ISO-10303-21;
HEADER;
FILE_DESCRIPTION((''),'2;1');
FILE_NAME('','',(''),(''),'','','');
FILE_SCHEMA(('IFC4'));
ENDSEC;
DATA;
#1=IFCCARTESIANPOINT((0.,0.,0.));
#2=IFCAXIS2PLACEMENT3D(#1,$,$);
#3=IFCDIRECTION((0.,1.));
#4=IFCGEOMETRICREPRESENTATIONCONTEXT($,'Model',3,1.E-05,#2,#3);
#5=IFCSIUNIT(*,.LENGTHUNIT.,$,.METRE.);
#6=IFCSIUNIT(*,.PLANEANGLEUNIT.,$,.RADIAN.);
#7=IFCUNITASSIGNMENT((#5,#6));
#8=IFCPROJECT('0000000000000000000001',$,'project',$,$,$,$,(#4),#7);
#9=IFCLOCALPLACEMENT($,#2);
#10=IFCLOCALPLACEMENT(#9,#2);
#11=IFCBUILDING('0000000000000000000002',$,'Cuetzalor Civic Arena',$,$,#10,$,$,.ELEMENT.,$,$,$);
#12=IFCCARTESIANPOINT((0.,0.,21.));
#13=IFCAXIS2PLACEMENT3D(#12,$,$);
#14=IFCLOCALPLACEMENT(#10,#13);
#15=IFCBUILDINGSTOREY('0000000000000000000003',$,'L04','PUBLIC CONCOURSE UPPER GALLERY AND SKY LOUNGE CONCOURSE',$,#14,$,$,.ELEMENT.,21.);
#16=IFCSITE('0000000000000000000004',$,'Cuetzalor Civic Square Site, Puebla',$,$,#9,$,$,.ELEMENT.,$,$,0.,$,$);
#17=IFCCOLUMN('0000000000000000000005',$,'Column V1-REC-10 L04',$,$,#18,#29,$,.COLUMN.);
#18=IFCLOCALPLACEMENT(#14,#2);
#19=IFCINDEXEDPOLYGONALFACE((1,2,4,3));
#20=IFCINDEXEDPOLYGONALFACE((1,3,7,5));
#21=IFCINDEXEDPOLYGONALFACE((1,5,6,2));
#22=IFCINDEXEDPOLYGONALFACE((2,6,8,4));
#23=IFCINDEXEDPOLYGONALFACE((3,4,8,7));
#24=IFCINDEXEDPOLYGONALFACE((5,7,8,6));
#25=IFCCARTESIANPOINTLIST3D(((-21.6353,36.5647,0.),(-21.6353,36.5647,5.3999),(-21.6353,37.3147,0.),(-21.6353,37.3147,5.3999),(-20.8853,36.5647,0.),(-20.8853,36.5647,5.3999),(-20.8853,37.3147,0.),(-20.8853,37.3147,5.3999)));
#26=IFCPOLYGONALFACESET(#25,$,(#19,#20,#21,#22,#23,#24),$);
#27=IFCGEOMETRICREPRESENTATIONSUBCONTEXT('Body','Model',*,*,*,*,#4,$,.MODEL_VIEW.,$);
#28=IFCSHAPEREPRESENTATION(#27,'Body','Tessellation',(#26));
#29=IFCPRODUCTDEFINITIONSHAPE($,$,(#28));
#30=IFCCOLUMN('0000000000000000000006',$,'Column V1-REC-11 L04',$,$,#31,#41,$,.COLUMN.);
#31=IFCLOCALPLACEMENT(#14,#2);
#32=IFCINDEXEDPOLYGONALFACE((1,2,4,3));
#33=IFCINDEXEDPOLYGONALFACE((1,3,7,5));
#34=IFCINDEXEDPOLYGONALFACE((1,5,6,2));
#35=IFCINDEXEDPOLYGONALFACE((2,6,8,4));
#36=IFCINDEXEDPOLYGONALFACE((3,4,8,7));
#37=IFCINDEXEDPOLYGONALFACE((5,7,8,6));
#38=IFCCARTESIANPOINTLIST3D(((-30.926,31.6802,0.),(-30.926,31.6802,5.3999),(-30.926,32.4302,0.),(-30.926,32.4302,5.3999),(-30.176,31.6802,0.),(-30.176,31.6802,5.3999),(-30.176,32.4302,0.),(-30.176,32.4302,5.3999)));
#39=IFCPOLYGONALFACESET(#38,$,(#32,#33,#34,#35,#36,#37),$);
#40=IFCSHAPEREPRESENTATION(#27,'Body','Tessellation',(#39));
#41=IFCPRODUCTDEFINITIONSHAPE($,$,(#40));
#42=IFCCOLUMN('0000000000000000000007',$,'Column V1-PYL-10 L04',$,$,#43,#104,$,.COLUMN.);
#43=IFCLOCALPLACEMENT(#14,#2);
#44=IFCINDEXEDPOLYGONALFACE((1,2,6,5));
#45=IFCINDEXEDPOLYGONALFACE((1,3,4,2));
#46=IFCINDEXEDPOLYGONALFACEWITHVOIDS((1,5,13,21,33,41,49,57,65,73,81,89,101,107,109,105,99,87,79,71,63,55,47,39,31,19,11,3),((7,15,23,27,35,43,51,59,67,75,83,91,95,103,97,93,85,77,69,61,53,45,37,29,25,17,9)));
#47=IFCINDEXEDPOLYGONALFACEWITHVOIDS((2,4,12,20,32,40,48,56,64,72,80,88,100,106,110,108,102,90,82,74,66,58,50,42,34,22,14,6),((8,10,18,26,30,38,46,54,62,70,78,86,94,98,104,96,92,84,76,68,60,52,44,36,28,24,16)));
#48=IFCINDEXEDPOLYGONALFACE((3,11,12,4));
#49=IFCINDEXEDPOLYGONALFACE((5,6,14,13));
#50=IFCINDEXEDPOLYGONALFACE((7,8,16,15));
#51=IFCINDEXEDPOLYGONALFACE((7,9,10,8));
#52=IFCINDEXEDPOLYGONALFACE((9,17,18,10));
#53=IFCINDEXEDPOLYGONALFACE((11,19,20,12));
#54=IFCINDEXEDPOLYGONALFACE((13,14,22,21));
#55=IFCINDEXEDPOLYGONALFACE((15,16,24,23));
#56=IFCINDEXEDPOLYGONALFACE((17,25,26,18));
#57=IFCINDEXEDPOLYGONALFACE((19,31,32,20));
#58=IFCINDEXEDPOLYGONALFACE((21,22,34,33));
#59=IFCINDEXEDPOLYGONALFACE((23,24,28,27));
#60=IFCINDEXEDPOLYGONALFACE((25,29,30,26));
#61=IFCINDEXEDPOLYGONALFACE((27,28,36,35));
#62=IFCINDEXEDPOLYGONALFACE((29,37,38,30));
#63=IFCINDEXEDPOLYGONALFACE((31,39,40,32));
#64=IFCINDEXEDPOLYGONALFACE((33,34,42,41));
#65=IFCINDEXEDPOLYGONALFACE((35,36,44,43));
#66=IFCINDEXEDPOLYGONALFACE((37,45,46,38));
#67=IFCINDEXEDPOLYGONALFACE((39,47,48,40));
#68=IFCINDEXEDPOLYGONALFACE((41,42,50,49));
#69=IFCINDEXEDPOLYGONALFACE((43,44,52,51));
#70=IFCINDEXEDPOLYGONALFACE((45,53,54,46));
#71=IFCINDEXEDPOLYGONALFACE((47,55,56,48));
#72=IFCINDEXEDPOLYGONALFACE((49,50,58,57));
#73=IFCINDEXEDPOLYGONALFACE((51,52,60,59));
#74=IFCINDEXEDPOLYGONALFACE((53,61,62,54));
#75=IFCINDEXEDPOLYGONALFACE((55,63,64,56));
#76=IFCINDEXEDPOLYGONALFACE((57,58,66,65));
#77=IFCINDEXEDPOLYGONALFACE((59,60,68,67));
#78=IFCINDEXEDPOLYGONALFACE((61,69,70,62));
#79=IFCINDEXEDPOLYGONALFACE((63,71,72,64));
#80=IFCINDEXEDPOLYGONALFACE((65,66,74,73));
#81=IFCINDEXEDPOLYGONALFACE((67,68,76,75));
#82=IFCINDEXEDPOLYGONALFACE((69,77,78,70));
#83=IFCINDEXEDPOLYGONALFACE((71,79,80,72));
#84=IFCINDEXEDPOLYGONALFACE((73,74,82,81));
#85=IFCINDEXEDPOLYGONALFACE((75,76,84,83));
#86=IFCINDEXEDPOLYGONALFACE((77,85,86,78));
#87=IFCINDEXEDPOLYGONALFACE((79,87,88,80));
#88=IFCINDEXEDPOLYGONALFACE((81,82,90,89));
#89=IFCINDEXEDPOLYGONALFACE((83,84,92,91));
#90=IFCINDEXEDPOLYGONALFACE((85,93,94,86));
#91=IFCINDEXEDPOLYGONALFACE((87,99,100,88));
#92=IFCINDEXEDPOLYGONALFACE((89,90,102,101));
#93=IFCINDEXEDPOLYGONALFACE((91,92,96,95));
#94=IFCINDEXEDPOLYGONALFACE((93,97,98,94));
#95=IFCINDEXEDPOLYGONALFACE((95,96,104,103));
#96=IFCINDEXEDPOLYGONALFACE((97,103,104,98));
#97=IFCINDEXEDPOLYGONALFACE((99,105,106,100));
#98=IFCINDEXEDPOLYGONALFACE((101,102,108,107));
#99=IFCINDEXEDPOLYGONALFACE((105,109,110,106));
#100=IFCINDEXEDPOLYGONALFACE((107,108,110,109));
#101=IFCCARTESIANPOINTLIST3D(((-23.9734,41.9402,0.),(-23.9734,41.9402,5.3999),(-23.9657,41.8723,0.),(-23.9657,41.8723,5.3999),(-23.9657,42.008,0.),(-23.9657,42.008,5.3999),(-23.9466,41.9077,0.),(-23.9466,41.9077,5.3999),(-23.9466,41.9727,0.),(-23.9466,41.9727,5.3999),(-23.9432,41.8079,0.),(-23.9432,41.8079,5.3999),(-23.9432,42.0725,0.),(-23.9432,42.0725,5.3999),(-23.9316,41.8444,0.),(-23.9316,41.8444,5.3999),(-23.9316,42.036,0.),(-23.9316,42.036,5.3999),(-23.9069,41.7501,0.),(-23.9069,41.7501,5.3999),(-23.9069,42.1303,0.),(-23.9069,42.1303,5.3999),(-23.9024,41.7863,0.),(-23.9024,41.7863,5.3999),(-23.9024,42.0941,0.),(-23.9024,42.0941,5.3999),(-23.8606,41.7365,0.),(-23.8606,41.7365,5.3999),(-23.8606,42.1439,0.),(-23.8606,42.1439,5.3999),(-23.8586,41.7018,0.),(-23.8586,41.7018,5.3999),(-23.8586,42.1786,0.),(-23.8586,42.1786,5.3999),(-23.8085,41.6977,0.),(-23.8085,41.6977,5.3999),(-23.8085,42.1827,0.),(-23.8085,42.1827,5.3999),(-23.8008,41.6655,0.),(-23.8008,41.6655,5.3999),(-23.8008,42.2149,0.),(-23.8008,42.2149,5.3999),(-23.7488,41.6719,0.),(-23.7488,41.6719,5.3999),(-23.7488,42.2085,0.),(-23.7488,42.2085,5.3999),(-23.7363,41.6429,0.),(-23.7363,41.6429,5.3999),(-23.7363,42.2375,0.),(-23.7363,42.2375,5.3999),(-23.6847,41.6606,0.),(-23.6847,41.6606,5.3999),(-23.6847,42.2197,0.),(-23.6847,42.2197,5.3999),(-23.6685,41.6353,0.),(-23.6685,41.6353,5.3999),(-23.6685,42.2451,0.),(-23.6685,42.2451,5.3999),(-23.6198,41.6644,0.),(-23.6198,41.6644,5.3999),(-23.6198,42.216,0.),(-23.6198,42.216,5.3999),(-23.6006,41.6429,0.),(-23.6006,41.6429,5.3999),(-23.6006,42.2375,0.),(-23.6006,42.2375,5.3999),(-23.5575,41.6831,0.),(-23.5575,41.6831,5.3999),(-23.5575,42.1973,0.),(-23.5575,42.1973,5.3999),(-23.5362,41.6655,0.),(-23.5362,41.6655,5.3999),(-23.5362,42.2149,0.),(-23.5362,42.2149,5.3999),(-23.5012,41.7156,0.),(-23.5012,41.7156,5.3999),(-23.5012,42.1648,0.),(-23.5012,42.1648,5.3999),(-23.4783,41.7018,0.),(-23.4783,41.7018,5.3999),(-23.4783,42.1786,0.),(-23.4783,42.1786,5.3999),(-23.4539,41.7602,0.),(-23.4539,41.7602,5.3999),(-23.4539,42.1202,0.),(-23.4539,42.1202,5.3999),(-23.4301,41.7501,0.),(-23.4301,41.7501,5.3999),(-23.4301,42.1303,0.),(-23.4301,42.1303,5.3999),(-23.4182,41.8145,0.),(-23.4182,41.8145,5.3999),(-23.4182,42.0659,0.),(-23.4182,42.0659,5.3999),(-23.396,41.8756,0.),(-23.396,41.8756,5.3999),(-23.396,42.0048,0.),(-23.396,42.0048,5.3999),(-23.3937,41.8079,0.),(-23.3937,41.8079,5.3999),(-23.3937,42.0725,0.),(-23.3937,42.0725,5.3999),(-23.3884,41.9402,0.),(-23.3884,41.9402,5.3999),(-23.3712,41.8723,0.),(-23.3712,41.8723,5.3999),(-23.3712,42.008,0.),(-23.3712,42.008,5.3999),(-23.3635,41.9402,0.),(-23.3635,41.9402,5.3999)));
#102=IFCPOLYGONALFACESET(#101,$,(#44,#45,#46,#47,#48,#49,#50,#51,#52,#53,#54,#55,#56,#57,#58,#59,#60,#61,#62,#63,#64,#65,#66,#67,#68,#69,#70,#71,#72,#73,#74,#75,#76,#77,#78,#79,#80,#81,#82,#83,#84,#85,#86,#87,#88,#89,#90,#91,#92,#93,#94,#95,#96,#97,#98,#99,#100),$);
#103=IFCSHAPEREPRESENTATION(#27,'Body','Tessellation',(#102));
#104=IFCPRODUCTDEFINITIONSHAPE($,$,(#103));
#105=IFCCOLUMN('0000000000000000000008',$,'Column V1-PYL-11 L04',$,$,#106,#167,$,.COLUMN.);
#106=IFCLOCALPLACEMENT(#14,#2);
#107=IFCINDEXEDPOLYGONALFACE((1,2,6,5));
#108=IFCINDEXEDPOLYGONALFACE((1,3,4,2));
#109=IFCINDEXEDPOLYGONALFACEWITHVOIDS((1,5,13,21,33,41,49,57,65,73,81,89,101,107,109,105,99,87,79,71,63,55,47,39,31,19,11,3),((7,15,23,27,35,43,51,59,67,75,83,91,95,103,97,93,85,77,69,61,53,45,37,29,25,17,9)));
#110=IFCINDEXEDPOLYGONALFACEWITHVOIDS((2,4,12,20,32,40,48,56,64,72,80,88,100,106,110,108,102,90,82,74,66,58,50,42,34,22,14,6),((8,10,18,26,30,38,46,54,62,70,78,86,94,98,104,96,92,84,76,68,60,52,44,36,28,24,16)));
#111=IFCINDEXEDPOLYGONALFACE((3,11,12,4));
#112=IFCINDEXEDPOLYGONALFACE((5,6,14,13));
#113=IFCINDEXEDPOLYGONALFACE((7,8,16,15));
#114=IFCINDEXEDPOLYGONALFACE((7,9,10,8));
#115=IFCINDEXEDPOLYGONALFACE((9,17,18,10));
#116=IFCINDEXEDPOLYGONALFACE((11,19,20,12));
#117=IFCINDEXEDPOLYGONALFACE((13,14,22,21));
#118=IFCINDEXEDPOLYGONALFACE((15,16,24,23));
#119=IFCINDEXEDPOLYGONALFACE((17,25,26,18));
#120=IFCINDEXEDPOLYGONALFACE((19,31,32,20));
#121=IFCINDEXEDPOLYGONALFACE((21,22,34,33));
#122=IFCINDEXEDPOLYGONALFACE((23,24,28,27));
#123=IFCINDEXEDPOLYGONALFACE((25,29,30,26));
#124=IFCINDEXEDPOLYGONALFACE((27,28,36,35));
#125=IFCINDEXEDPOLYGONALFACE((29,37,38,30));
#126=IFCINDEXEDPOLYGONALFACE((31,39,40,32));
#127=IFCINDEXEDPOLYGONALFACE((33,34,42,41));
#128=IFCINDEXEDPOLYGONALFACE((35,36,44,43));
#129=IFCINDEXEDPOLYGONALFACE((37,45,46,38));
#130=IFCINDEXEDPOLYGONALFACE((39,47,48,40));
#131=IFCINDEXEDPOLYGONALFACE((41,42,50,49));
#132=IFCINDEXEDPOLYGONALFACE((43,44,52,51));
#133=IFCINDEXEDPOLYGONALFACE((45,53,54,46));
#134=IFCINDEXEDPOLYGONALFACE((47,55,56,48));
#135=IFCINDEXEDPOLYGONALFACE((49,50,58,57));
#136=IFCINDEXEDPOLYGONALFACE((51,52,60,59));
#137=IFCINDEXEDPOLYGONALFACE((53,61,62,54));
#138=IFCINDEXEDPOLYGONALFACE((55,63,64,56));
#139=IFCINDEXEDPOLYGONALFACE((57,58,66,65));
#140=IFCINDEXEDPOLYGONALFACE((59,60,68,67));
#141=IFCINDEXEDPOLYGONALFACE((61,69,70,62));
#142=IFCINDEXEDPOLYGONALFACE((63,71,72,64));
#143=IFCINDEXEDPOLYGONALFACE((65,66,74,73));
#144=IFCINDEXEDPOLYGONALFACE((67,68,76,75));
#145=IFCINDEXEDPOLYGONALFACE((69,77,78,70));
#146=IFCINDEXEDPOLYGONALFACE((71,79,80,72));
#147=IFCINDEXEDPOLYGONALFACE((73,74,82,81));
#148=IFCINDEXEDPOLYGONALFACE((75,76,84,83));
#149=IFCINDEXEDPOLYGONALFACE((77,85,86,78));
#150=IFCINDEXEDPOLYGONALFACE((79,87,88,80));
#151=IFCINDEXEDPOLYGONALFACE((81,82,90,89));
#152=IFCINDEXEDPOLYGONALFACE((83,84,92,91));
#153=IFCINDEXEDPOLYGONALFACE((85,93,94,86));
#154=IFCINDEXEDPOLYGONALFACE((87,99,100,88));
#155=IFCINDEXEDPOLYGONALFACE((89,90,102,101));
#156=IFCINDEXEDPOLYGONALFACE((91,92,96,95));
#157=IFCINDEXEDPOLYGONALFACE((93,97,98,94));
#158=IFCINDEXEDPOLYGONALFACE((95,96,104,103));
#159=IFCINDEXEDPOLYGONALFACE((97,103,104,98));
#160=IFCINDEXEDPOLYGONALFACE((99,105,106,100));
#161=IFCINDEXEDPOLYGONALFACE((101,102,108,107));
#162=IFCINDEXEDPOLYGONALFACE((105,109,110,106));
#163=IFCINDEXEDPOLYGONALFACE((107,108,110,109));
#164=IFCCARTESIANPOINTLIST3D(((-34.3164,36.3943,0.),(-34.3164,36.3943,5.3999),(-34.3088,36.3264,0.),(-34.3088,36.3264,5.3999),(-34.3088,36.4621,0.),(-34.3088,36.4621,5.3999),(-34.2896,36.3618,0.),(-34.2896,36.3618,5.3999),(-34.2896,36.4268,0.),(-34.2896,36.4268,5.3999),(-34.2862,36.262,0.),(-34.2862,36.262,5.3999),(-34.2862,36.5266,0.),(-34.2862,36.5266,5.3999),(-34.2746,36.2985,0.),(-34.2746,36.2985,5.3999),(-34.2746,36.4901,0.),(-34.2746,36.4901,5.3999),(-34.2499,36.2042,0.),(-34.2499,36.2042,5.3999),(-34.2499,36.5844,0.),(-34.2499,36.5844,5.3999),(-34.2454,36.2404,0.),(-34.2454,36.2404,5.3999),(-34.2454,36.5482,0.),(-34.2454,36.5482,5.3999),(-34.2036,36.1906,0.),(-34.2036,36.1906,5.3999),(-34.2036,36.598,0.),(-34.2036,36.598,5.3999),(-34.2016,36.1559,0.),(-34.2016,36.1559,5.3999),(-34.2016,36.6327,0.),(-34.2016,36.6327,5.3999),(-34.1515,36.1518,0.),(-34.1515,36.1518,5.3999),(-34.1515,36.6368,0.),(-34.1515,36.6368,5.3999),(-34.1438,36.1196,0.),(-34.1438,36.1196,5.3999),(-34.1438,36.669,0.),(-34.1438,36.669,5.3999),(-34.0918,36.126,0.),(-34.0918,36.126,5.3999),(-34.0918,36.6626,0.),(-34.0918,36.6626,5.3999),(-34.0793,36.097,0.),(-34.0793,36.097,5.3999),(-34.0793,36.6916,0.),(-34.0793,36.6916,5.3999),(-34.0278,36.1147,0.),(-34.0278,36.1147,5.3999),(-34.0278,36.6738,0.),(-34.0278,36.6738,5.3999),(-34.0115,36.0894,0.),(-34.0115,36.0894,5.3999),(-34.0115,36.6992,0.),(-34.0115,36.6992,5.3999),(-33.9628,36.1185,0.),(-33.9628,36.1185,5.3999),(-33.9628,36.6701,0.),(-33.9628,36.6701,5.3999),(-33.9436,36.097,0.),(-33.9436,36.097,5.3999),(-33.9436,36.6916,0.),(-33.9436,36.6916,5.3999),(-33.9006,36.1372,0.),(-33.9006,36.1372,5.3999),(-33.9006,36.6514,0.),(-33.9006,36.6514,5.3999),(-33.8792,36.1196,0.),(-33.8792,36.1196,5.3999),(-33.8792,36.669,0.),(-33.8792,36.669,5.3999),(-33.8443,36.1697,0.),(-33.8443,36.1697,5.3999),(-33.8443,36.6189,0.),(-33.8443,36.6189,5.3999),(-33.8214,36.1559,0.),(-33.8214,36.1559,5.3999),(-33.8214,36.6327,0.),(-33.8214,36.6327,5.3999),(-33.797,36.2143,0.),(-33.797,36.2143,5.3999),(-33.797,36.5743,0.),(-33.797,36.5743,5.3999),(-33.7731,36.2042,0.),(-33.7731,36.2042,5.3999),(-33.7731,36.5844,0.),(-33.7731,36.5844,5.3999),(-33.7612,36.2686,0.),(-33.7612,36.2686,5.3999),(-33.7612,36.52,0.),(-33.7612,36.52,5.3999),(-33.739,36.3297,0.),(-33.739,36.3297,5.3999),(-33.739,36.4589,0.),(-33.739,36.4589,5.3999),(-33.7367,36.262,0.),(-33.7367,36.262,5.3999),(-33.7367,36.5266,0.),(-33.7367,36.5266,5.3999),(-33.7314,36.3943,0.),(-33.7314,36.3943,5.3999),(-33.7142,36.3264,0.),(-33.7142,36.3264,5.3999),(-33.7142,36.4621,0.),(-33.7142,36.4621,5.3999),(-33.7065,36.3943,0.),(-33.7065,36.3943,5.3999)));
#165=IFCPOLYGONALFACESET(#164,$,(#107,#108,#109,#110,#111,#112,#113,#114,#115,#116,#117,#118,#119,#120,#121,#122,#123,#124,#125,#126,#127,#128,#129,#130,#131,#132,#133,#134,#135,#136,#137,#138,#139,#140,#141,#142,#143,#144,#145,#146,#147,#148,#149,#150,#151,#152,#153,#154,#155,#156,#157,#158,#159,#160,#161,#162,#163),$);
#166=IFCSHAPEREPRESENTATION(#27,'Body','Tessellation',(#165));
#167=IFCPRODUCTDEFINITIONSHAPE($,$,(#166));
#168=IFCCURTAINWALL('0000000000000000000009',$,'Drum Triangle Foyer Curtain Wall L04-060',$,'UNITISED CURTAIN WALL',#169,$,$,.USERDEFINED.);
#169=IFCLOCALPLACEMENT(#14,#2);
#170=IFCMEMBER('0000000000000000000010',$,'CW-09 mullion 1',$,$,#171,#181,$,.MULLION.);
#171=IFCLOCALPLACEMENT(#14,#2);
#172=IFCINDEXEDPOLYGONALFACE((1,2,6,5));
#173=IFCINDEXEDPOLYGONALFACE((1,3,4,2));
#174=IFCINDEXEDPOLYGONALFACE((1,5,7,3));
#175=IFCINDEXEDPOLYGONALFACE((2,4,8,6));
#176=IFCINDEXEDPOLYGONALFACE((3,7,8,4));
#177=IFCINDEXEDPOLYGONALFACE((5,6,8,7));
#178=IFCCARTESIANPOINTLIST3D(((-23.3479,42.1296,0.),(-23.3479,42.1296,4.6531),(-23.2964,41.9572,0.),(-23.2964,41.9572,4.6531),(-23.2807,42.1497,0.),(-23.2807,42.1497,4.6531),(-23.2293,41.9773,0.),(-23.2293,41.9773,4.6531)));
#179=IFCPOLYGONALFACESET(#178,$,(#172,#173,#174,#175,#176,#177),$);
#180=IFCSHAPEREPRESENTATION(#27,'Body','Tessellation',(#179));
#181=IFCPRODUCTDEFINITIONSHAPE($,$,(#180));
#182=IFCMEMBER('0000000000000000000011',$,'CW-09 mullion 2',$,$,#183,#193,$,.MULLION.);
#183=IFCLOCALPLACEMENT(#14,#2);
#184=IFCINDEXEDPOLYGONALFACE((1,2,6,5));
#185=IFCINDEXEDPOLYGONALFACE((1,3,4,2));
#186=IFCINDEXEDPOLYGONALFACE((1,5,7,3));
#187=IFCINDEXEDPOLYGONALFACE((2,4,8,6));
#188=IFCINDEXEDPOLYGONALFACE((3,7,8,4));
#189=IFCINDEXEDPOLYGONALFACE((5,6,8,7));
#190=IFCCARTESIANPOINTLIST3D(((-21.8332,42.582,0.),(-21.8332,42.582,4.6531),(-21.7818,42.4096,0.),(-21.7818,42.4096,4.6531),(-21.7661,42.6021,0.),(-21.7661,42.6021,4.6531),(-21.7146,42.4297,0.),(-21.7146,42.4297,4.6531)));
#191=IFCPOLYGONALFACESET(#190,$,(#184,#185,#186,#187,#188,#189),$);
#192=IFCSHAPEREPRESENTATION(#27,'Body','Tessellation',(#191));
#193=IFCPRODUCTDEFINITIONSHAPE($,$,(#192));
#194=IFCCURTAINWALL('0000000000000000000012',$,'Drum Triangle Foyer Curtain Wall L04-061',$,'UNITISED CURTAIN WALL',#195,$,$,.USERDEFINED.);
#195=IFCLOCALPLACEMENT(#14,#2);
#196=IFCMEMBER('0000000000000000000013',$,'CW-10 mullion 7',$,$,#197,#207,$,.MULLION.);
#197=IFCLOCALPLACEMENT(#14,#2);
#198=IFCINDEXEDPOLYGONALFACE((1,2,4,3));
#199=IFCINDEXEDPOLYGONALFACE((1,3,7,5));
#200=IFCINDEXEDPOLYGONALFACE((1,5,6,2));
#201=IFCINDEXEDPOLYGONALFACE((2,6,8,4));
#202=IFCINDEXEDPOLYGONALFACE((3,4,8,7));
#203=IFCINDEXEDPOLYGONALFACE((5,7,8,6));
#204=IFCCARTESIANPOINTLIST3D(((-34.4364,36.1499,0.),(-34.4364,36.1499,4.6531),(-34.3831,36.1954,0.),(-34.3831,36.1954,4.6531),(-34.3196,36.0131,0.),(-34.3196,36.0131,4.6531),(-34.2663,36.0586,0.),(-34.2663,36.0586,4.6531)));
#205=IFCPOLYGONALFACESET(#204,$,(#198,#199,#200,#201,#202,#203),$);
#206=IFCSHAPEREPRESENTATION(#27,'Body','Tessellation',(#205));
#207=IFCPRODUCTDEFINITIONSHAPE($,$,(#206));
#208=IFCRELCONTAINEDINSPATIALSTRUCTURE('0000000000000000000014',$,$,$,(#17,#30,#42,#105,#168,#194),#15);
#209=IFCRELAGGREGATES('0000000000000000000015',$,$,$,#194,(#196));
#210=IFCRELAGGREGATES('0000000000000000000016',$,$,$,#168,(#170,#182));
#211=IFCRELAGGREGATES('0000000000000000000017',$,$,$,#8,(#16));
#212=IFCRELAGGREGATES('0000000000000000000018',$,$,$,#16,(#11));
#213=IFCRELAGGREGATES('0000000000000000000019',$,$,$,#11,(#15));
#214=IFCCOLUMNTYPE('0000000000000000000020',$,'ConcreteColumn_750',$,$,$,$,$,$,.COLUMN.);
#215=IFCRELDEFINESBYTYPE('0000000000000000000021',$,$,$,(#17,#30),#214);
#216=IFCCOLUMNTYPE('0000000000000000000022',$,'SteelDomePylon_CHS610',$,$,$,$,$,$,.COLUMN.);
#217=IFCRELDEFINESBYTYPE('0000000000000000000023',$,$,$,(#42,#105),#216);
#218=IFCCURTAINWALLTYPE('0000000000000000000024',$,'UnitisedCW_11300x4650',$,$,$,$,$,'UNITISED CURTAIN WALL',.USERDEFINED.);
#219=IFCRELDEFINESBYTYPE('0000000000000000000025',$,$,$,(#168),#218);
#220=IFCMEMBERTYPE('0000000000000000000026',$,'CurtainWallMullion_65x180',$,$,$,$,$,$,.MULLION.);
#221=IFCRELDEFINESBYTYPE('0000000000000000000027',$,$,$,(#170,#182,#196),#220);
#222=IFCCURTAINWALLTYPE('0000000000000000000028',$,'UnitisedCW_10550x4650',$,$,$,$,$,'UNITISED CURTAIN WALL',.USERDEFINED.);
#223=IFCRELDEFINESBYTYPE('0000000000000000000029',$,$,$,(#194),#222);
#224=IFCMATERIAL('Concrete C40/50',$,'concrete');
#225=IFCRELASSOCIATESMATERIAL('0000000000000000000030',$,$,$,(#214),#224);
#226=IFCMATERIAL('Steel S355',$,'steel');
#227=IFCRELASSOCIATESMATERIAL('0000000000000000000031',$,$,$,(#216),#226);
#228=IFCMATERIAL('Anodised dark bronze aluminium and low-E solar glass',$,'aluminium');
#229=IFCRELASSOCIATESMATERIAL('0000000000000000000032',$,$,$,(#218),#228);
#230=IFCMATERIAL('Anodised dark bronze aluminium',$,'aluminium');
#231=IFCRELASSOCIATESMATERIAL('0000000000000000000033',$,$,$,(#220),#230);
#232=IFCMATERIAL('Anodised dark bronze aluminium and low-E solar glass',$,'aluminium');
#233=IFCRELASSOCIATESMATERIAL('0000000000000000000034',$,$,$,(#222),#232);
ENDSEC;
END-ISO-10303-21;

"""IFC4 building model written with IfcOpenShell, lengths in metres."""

from ifc_helpers import new_model, si_unit, direction, frame, origin, origin_2d, place, context, subcontext, project, spatial, rectangle, hollow_circle, extrude, material, material_profile, profile_set, type_object, element, aggregate, save


model = new_model("IFC4")

# Units and contexts
model_context = context("Model", 3, precision=1e-05, world=origin(), true_north=direction((0.0, 1.0)))
body_context = subcontext(model_context, "Body", "Model", "MODEL_VIEW")
ifc_project = project(units=[si_unit("LENGTHUNIT", "METRE"), si_unit("PLANEANGLEUNIT", "RADIAN")], contexts=[model_context])

# Site, building, storey
site_placement = place(None, origin())
site = spatial("IfcSite", under=ifc_project, at=site_placement, Name="Cuetzalor Civic Square Site, Puebla", CompositionType="ELEMENT", RefElevation=0.0)
building_placement = place(site_placement, origin())
building = spatial("IfcBuilding", under=site, at=building_placement, Name="Cuetzalor Civic Arena", CompositionType="ELEMENT")
storey_placement = place(building_placement, frame((0.0, 0.0, 21.0)))
storey = spatial("IfcBuildingStorey", under=building, at=storey_placement, Name="L04", Description="PUBLIC CONCOURSE UPPER GALLERY AND SKY LOUNGE CONCOURSE", CompositionType="ELEMENT", Elevation=21.0)

# Columns
ifc_material_1 = material(Name="Concrete C40/50", Category="concrete")
ifc_material_profile_1 = material_profile(ifc_material_1, rectangle(XDim=0.75, YDim=0.75, at=origin_2d()), Name="RC 750x750")
ifc_profile_set_1 = profile_set([ifc_material_profile_1], Name="Concrete C40/50")
column_type_1 = type_object("IfcColumnType", Name="ConcreteColumn_750", PredefinedType="COLUMN", material=ifc_profile_set_1)
for number, where, z_axis, x_axis, name in (
    (1, (-21.2603, 36.9397, 0.0), (0.0, 0.0, 1.0), (1.0, 0.0, 0.0), "Column V1-REC-10 L04"),
    (2, (-30.551, 32.0552, 0.0), (0.0, 0.0, 1.0), (1.0, 0.0, 0.0), "Column V1-REC-11 L04"),
):
    element("IfcColumn", number, at=place(storey_placement, frame(where, z_axis=z_axis, x_axis=x_axis)), inside=storey, type_object=column_type_1, Name=name, PredefinedType="COLUMN", context=body_context, shape_type="SweptSolid", body=[
        extrude(rectangle(XDim=0.75, YDim=0.75, at=origin_2d()), origin(), (0.0, 0.0, 1.0), 5.3999),
    ])
ifc_material_2 = material(Name="Steel S355", Category="steel")
ifc_material_profile_2 = material_profile(ifc_material_2, hollow_circle(Radius=0.3049, WallThickness=0.0249, at=origin_2d()), Name="CHS 610x25")
ifc_profile_set_2 = profile_set([ifc_material_profile_2], Name="Steel S355")
column_type_2 = type_object("IfcColumnType", Name="SteelDomePylon_CHS610", PredefinedType="COLUMN", material=ifc_profile_set_2)
for number, where, z_axis, x_axis, name in (
    (3, (-23.6685, 41.9402, 0.0), (0.0, 0.0, 1.0), (1.0, 0.0, 0.0), "Column V1-PYL-10 L04"),
    (4, (-34.0115, 36.3943, 0.0), (0.0, 0.0, 1.0), (1.0, 0.0, 0.0), "Column V1-PYL-11 L04"),
):
    element("IfcColumn", number, at=place(storey_placement, frame(where, z_axis=z_axis, x_axis=x_axis)), inside=storey, type_object=column_type_2, Name=name, PredefinedType="COLUMN", context=body_context, shape_type="SweptSolid", body=[
        extrude(hollow_circle(Radius=0.3049, WallThickness=0.0249, at=origin_2d()), origin(), (0.0, 0.0, 1.0), 5.3999),
    ])

# Curtain wall, members
ifc_material_3 = material(Name="Anodised dark bronze aluminium and low-E solar glass", Category="aluminium")
curtain_wall_type_1 = type_object("IfcCurtainWallType", Name="UnitisedCW_11300x4650", ElementType="UNITISED CURTAIN WALL", PredefinedType="USERDEFINED", material=ifc_material_3)
curtain_wall_1_placement = place(storey_placement, origin())
curtain_wall_1 = element("IfcCurtainWall", 5, at=curtain_wall_1_placement, inside=storey, type_object=curtain_wall_type_1, Name="Drum Triangle Foyer Curtain Wall L04-060", ObjectType="UNITISED CURTAIN WALL", PredefinedType="USERDEFINED")
ifc_material_4 = material(Name="Anodised dark bronze aluminium", Category="aluminium")
ifc_material_profile_3 = material_profile(ifc_material_4, rectangle(XDim=0.0701, YDim=0.1799, at=origin_2d()), Name="ALU MULLION 70x180")
ifc_profile_set_3 = profile_set([ifc_material_profile_3], Name="Anodised dark bronze aluminium")
member_type_1 = type_object("IfcMemberType", Name="CurtainWallMullion_65x180", PredefinedType="MULLION", material=ifc_profile_set_3)
member_1_placement = place(storey_placement, frame((-23.2886, 42.0535, 0.0), z_axis=(0.0, 0.0, 1.0), x_axis=(0.958194, 0.28612, 0.0)))
member_1 = element("IfcMember", 6, at=member_1_placement, type_object=member_type_1, Name="CW-09 mullion 1", PredefinedType="MULLION", context=body_context, shape_type="SweptSolid", body=[
    extrude(rectangle(XDim=0.0701, YDim=0.1799, at=origin_2d()), origin(), (0.0, 0.0, 1.0), 4.6531),
])
member_2_placement = place(storey_placement, frame((-21.7739, 42.5059, 0.0), z_axis=(0.0, 0.0, 1.0), x_axis=(0.958194, 0.28612, 0.0)))
member_2 = element("IfcMember", 7, at=member_2_placement, type_object=member_type_1, Name="CW-09 mullion 2", PredefinedType="MULLION", context=body_context, shape_type="SweptSolid", body=[
    extrude(rectangle(XDim=0.0701, YDim=0.1799, at=origin_2d()), origin(), (0.0, 0.0, 1.0), 4.6531),
])

# Curtain wall, member
ifc_material_5 = material(Name="Anodised dark bronze aluminium and low-E solar glass", Category="aluminium")
curtain_wall_type_2 = type_object("IfcCurtainWallType", Name="UnitisedCW_10550x4650", ElementType="UNITISED CURTAIN WALL", PredefinedType="USERDEFINED", material=ifc_material_5)
curtain_wall_2_placement = place(storey_placement, origin())
curtain_wall_2 = element("IfcCurtainWall", 8, at=curtain_wall_2_placement, inside=storey, type_object=curtain_wall_type_2, Name="Drum Triangle Foyer Curtain Wall L04-061", ObjectType="UNITISED CURTAIN WALL", PredefinedType="USERDEFINED")
member_3_placement = place(storey_placement, frame((-34.3513, 36.1042, 0.0), z_axis=(0.0, 0.0, 1.0), x_axis=(0.760677, 0.64913, 0.0)))
member_3 = element("IfcMember", 9, at=member_3_placement, type_object=member_type_1, Name="CW-10 mullion 7", PredefinedType="MULLION", context=body_context, shape_type="SweptSolid", body=[
    extrude(rectangle(XDim=0.0701, YDim=0.1799, at=origin_2d()), origin(), (0.0, 0.0, 1.0), 4.6531),
])
aggregate(curtain_wall_2, [member_3])

aggregate(curtain_wall_1, [member_1, member_2])

save(model, "model.ifc")
